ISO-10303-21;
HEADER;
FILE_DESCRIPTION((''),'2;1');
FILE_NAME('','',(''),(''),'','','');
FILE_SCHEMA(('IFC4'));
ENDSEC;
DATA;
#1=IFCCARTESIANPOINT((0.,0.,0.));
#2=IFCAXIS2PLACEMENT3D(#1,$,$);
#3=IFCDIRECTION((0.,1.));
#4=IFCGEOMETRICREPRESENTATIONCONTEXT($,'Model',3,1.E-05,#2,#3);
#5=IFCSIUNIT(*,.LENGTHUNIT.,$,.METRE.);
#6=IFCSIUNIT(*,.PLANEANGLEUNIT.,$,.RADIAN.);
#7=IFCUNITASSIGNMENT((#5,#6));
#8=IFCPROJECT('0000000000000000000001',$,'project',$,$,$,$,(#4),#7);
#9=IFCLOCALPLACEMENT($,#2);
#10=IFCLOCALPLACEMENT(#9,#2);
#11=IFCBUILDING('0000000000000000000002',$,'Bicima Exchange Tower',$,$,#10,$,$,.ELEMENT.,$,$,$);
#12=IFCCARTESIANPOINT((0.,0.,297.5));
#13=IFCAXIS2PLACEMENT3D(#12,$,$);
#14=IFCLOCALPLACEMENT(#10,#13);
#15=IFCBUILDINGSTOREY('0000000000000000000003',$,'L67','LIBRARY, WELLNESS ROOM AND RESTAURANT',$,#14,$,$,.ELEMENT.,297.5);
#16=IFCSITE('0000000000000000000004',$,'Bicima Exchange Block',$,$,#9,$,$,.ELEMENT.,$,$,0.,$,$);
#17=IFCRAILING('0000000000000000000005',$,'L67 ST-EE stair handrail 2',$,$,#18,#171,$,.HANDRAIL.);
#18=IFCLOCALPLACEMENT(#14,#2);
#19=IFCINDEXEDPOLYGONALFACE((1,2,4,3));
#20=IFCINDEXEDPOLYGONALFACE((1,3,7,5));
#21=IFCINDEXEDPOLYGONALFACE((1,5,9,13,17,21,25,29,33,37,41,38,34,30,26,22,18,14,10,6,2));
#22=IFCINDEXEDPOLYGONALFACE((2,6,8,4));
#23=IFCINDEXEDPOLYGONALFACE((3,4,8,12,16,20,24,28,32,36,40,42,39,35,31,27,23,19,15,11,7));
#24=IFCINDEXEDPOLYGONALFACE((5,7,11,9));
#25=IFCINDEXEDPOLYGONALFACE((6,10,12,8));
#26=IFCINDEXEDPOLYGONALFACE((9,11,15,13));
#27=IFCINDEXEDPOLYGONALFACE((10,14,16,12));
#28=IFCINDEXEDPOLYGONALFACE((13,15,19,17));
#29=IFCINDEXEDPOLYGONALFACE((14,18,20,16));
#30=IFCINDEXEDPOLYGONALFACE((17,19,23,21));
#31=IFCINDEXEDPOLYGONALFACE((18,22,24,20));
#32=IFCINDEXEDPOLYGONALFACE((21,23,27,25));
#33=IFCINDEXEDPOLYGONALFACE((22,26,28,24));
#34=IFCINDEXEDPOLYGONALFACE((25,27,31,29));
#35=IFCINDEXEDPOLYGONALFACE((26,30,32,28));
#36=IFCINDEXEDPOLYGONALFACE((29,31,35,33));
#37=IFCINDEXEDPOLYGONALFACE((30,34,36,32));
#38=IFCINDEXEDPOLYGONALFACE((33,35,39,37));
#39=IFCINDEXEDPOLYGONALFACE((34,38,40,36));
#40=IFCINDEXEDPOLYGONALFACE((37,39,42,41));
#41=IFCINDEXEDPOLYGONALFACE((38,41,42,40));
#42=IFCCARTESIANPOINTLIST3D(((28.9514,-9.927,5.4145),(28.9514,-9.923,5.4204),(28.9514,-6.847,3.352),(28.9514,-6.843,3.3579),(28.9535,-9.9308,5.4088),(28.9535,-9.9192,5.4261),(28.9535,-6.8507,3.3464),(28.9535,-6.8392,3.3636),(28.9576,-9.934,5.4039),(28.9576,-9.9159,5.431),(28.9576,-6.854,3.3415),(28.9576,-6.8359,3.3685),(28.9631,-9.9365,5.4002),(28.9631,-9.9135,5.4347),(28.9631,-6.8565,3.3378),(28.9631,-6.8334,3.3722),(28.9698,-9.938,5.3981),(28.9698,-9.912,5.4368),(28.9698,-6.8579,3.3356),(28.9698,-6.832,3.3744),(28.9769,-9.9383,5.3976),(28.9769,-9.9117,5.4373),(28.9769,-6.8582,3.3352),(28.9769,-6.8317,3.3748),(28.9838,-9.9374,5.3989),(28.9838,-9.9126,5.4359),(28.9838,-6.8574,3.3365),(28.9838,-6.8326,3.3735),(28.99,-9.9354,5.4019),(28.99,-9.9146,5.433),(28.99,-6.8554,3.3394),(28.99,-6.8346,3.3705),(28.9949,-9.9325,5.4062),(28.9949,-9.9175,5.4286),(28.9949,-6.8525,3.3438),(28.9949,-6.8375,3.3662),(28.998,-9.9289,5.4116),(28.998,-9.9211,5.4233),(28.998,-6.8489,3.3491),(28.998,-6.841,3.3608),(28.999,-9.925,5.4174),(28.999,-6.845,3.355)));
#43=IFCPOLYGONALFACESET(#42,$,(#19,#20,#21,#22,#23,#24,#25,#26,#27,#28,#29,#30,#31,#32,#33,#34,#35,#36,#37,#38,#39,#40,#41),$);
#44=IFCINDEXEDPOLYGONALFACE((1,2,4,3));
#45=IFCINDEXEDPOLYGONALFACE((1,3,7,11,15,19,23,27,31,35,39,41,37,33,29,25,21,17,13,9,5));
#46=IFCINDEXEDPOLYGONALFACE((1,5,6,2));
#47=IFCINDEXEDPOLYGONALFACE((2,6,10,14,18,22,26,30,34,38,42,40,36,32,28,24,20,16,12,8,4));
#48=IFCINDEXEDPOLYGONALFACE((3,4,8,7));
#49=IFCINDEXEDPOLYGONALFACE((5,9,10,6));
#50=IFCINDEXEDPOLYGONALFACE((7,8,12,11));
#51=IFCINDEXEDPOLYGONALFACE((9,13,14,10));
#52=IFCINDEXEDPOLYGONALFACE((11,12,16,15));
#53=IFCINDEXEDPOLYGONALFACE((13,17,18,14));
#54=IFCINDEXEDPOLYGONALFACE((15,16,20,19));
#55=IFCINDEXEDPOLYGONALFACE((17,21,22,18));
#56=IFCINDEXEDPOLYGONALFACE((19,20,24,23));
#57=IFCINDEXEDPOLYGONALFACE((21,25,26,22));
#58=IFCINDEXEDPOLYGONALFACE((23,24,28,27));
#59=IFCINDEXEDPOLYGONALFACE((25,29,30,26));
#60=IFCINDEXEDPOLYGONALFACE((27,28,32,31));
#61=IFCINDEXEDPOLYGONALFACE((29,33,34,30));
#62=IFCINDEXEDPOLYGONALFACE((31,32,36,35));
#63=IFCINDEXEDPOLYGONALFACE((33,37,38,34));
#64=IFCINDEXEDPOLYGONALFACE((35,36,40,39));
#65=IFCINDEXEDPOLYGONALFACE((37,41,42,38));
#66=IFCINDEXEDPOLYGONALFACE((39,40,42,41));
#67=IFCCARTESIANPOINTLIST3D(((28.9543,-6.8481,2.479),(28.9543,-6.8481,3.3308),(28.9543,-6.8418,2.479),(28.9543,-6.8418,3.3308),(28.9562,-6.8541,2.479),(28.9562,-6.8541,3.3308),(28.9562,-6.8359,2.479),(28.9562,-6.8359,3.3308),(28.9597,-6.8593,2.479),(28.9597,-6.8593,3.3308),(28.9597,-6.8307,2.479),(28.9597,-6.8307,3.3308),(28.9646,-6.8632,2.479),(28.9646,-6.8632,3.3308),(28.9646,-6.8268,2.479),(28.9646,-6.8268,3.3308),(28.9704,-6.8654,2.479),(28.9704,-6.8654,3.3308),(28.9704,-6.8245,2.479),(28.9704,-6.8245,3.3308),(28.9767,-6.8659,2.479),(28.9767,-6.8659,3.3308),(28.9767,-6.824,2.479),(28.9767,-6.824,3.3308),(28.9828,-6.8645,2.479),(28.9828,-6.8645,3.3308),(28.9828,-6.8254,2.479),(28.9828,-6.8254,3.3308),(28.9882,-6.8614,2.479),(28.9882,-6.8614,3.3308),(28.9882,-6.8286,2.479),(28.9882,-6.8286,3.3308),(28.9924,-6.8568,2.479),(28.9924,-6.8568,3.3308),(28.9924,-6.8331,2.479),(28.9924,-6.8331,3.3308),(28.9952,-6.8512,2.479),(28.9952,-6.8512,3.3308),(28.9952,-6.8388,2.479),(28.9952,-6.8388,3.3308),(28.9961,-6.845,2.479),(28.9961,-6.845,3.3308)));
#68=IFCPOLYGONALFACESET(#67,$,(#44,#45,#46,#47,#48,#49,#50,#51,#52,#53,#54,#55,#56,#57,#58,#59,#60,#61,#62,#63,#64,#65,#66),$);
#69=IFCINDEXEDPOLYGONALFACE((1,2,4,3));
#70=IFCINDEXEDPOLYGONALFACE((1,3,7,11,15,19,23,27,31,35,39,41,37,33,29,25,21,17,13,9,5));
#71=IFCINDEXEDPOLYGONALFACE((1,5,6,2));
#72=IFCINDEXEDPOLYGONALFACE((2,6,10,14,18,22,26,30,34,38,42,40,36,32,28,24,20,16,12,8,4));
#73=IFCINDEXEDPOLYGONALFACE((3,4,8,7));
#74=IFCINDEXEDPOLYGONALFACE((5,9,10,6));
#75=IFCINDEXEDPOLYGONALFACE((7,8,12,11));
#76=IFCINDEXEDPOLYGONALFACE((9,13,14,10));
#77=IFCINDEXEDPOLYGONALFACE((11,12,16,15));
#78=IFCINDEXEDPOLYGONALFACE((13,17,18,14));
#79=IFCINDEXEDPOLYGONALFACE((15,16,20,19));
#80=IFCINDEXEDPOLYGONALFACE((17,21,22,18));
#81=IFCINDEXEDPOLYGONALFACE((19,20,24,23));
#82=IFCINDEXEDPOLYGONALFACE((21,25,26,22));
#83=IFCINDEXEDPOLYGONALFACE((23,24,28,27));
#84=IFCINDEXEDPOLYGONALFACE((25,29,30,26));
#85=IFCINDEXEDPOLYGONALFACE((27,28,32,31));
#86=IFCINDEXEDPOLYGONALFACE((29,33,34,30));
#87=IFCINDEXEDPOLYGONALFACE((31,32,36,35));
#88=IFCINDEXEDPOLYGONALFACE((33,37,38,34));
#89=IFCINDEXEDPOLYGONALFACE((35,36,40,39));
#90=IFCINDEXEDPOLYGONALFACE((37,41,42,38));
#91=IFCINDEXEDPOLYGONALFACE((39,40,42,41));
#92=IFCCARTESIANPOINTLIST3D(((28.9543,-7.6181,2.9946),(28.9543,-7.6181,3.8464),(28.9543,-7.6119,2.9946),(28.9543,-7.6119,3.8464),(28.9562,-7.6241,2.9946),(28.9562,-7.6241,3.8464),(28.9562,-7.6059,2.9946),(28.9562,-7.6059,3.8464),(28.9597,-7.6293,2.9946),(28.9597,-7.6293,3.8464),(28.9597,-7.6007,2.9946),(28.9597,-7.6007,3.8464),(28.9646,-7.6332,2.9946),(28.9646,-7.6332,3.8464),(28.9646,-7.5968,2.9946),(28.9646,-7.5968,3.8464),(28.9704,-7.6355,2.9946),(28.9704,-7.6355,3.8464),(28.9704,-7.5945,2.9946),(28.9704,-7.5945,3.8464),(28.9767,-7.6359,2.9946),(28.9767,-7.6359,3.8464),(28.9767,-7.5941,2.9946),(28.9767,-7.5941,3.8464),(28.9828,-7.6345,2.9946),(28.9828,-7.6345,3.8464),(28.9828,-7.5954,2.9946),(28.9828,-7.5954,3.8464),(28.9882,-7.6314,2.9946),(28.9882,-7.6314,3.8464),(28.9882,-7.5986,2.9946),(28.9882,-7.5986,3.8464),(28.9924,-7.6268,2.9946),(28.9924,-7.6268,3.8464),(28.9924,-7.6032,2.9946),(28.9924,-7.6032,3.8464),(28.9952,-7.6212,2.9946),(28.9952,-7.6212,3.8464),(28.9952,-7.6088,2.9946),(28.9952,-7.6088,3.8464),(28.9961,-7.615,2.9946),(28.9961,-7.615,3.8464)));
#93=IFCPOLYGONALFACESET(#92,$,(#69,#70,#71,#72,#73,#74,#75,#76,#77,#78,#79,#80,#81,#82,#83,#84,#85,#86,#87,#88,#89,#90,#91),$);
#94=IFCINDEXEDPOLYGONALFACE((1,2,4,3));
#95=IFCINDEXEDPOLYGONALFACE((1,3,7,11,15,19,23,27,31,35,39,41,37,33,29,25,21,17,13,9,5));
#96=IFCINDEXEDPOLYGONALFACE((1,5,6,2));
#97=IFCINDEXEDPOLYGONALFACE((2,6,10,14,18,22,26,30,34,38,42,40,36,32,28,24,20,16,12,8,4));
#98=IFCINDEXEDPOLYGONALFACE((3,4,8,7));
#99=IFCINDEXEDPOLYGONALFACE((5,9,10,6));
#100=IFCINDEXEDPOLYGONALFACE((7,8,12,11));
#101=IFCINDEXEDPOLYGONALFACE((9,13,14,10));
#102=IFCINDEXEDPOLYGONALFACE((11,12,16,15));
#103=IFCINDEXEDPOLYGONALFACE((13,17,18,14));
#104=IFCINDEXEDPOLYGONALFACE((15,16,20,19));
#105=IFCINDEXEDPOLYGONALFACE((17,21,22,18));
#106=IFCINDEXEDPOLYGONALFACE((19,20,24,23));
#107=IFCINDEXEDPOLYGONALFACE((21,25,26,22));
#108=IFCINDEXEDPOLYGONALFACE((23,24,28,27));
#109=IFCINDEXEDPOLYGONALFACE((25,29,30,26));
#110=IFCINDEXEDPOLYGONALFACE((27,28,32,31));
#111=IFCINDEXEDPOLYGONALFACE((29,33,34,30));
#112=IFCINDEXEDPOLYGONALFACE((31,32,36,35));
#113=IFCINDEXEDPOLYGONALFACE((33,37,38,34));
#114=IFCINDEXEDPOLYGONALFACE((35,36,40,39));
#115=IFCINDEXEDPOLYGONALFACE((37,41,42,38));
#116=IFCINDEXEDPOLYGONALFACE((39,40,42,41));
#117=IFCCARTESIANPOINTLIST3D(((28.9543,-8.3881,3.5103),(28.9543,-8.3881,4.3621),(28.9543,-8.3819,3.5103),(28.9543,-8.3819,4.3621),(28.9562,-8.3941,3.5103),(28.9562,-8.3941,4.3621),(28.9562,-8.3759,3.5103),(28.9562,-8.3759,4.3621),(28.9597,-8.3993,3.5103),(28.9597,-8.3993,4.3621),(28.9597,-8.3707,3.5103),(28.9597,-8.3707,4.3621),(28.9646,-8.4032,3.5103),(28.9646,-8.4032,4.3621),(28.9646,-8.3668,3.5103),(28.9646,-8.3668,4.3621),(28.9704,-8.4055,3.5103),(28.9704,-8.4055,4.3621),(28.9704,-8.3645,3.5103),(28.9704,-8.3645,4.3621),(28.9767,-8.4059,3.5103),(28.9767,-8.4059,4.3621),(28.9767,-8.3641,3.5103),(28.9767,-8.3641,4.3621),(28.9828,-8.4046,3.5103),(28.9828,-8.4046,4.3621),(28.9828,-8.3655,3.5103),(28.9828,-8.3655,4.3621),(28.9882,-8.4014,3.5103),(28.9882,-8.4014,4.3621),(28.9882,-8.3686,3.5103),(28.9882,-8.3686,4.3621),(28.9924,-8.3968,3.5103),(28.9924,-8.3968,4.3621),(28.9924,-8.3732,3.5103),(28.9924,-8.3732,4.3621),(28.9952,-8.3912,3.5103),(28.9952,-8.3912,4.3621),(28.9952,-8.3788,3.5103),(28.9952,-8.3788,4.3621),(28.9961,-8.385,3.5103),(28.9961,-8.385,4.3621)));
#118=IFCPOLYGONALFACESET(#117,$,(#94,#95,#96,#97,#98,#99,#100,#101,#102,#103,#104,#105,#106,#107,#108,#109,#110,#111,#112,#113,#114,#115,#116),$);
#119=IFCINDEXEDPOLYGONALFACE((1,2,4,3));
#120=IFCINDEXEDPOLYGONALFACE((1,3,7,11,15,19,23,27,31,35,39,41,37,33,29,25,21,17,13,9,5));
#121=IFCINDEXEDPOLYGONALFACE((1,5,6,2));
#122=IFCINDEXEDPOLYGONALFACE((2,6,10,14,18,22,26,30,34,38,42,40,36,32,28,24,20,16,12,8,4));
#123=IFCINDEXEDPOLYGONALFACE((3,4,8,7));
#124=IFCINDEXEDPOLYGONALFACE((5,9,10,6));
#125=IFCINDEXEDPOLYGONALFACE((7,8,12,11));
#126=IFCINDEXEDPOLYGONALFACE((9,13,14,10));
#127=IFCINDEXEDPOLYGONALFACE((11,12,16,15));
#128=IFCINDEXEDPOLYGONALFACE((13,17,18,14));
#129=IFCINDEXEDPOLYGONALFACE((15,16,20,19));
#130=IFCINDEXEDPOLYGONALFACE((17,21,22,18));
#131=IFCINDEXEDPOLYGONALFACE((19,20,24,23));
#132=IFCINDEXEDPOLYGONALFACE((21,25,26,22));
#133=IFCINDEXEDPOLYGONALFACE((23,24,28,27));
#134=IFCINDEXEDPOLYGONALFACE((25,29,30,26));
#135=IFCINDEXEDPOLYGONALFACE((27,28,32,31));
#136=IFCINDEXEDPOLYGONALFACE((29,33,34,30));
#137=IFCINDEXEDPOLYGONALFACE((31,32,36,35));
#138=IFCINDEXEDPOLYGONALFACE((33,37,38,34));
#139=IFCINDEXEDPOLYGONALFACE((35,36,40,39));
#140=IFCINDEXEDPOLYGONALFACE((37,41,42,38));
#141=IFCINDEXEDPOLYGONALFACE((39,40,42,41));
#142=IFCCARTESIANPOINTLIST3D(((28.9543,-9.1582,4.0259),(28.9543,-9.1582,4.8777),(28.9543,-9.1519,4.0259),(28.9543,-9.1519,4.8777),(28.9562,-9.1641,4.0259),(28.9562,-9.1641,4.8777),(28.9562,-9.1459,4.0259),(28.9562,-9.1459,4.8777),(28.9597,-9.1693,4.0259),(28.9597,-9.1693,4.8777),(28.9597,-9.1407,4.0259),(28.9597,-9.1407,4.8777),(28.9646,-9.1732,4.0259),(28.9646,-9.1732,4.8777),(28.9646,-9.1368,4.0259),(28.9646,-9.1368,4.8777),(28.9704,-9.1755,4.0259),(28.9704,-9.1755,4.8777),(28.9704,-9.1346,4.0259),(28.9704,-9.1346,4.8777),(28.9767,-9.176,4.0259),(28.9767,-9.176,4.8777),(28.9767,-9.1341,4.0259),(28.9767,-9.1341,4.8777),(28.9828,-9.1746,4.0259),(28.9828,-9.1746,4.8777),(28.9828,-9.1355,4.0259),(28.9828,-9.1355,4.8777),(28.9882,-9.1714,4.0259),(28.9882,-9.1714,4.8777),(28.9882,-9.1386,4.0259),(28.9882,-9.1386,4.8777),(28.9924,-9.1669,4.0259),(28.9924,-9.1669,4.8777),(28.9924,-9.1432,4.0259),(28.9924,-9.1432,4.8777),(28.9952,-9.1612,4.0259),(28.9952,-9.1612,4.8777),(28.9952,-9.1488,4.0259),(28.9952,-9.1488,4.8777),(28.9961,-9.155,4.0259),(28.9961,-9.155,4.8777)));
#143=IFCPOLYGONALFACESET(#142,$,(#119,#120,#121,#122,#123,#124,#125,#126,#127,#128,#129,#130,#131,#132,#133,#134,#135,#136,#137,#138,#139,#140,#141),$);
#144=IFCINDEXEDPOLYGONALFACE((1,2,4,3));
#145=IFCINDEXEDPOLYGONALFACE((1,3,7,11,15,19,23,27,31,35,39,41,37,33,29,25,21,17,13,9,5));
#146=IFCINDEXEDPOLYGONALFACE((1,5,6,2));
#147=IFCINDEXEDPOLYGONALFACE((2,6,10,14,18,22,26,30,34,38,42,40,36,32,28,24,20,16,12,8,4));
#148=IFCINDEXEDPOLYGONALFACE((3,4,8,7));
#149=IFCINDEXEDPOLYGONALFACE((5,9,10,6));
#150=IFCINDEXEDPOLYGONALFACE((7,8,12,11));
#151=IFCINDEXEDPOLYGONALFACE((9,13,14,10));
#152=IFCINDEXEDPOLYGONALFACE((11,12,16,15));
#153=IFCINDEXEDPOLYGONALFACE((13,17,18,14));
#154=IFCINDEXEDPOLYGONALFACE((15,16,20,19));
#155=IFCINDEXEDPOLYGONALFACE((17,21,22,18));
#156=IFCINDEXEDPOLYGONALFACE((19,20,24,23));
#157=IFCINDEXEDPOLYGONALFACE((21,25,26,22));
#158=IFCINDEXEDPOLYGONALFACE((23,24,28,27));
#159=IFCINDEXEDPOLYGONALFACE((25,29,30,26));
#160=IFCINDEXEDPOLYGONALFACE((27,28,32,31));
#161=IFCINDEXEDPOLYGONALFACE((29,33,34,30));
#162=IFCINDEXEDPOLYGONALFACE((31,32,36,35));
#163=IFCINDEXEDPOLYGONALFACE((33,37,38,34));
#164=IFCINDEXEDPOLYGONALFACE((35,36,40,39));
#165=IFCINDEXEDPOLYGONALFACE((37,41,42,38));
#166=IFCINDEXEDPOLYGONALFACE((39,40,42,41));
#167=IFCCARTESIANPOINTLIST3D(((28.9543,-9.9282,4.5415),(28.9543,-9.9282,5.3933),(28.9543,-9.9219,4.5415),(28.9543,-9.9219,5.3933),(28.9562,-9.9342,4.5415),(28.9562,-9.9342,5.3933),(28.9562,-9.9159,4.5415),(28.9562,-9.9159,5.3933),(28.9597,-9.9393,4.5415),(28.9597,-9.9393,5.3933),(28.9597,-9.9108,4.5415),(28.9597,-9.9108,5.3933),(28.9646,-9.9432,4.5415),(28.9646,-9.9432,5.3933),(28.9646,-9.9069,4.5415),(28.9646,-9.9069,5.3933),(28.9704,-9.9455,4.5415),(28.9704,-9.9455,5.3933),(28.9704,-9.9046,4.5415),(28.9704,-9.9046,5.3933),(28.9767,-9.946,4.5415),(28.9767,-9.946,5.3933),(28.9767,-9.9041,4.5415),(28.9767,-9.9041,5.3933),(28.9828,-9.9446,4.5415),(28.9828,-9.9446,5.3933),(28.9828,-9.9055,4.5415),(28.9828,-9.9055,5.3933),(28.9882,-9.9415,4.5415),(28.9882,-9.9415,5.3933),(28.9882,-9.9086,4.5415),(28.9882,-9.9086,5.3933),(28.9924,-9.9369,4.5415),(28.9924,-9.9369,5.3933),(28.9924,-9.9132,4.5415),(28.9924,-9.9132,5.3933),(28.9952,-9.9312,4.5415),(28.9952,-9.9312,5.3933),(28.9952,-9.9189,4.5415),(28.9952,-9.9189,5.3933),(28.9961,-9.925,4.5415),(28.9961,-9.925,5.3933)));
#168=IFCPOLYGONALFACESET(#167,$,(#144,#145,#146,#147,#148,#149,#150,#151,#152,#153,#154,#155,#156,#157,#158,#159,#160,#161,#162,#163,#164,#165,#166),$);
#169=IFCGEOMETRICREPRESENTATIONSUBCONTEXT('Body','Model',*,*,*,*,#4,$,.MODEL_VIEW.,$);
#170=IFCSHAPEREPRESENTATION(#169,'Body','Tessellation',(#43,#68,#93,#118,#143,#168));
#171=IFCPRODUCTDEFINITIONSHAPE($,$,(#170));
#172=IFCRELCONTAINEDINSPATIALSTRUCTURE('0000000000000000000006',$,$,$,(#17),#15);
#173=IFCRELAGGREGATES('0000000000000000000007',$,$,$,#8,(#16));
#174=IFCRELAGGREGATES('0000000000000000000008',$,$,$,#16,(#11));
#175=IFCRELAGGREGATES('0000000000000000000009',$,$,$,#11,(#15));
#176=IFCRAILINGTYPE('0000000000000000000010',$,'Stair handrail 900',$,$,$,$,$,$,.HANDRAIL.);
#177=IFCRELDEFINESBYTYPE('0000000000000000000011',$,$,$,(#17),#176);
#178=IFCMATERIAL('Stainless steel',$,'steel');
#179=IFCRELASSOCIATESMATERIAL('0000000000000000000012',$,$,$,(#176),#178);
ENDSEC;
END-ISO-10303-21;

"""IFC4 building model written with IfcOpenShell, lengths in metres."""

from ifc_helpers import new_model, si_unit, direction, frame, origin, origin_2d, place, context, subcontext, project, spatial, circle, extrude, material, type_object, element, save


model = new_model("IFC4")

# Units and contexts
model_context = context("Model", 3, precision=1e-05, world=origin(), true_north=direction((0.0, 1.0)))
body_context = subcontext(model_context, "Body", "Model", "MODEL_VIEW")
ifc_project = project(units=[si_unit("LENGTHUNIT", "METRE"), si_unit("PLANEANGLEUNIT", "RADIAN")], contexts=[model_context])

# Site, building, storey
site_placement = place(None, origin())
site = spatial("IfcSite", under=ifc_project, at=site_placement, Name="Bicima Exchange Block", CompositionType="ELEMENT", RefElevation=0.0)
building_placement = place(site_placement, origin())
building = spatial("IfcBuilding", under=site, at=building_placement, Name="Bicima Exchange Tower", CompositionType="ELEMENT")
storey_placement = place(building_placement, frame((0.0, 0.0, 297.5)))
storey = spatial("IfcBuildingStorey", under=building, at=storey_placement, Name="L67", Description="LIBRARY, WELLNESS ROOM AND RESTAURANT", CompositionType="ELEMENT", Elevation=297.5)

# Railing
ifc_material_1 = material(Name="Stainless steel", Category="steel")
railing_type_1 = type_object("IfcRailingType", Name="Stair handrail 900", PredefinedType="HANDRAIL", material=ifc_material_1)
railing_1_placement = place(storey_placement, frame((28.9751, -6.845, 2.479)))
element("IfcRailing", 1, at=railing_1_placement, inside=storey, type_object=railing_type_1, Name="L67 ST-EE stair handrail 2", PredefinedType="HANDRAIL", context=body_context, shape_type="SweptSolid", body=[
    extrude(circle(Radius=0.0239, at=origin_2d()), frame((0.0, 0.0, 0.876), z_axis=(0.0, -0.830914, 0.556401), x_axis=(1.0, 0.0, 0.0)), (0.0, 0.0, 1.0), 3.7068),
    extrude(circle(Radius=0.021, at=origin_2d()), origin(), (0.0, 0.0, 1.0), 0.8518),
    extrude(circle(Radius=0.021, at=origin_2d()), frame((0.0, -0.77, 0.5156)), (0.0, 0.0, 1.0), 0.8518),
    extrude(circle(Radius=0.021, at=origin_2d()), frame((0.0, -1.54, 1.0312)), (0.0, 0.0, 1.0), 0.8518),
    extrude(circle(Radius=0.021, at=origin_2d()), frame((0.0, -2.3101, 1.5469)), (0.0, 0.0, 1.0), 0.8518),
    extrude(circle(Radius=0.021, at=origin_2d()), frame((0.0, -3.0801, 2.0625)), (0.0, 0.0, 1.0), 0.8518),
])

save(model, "model.ifc")
